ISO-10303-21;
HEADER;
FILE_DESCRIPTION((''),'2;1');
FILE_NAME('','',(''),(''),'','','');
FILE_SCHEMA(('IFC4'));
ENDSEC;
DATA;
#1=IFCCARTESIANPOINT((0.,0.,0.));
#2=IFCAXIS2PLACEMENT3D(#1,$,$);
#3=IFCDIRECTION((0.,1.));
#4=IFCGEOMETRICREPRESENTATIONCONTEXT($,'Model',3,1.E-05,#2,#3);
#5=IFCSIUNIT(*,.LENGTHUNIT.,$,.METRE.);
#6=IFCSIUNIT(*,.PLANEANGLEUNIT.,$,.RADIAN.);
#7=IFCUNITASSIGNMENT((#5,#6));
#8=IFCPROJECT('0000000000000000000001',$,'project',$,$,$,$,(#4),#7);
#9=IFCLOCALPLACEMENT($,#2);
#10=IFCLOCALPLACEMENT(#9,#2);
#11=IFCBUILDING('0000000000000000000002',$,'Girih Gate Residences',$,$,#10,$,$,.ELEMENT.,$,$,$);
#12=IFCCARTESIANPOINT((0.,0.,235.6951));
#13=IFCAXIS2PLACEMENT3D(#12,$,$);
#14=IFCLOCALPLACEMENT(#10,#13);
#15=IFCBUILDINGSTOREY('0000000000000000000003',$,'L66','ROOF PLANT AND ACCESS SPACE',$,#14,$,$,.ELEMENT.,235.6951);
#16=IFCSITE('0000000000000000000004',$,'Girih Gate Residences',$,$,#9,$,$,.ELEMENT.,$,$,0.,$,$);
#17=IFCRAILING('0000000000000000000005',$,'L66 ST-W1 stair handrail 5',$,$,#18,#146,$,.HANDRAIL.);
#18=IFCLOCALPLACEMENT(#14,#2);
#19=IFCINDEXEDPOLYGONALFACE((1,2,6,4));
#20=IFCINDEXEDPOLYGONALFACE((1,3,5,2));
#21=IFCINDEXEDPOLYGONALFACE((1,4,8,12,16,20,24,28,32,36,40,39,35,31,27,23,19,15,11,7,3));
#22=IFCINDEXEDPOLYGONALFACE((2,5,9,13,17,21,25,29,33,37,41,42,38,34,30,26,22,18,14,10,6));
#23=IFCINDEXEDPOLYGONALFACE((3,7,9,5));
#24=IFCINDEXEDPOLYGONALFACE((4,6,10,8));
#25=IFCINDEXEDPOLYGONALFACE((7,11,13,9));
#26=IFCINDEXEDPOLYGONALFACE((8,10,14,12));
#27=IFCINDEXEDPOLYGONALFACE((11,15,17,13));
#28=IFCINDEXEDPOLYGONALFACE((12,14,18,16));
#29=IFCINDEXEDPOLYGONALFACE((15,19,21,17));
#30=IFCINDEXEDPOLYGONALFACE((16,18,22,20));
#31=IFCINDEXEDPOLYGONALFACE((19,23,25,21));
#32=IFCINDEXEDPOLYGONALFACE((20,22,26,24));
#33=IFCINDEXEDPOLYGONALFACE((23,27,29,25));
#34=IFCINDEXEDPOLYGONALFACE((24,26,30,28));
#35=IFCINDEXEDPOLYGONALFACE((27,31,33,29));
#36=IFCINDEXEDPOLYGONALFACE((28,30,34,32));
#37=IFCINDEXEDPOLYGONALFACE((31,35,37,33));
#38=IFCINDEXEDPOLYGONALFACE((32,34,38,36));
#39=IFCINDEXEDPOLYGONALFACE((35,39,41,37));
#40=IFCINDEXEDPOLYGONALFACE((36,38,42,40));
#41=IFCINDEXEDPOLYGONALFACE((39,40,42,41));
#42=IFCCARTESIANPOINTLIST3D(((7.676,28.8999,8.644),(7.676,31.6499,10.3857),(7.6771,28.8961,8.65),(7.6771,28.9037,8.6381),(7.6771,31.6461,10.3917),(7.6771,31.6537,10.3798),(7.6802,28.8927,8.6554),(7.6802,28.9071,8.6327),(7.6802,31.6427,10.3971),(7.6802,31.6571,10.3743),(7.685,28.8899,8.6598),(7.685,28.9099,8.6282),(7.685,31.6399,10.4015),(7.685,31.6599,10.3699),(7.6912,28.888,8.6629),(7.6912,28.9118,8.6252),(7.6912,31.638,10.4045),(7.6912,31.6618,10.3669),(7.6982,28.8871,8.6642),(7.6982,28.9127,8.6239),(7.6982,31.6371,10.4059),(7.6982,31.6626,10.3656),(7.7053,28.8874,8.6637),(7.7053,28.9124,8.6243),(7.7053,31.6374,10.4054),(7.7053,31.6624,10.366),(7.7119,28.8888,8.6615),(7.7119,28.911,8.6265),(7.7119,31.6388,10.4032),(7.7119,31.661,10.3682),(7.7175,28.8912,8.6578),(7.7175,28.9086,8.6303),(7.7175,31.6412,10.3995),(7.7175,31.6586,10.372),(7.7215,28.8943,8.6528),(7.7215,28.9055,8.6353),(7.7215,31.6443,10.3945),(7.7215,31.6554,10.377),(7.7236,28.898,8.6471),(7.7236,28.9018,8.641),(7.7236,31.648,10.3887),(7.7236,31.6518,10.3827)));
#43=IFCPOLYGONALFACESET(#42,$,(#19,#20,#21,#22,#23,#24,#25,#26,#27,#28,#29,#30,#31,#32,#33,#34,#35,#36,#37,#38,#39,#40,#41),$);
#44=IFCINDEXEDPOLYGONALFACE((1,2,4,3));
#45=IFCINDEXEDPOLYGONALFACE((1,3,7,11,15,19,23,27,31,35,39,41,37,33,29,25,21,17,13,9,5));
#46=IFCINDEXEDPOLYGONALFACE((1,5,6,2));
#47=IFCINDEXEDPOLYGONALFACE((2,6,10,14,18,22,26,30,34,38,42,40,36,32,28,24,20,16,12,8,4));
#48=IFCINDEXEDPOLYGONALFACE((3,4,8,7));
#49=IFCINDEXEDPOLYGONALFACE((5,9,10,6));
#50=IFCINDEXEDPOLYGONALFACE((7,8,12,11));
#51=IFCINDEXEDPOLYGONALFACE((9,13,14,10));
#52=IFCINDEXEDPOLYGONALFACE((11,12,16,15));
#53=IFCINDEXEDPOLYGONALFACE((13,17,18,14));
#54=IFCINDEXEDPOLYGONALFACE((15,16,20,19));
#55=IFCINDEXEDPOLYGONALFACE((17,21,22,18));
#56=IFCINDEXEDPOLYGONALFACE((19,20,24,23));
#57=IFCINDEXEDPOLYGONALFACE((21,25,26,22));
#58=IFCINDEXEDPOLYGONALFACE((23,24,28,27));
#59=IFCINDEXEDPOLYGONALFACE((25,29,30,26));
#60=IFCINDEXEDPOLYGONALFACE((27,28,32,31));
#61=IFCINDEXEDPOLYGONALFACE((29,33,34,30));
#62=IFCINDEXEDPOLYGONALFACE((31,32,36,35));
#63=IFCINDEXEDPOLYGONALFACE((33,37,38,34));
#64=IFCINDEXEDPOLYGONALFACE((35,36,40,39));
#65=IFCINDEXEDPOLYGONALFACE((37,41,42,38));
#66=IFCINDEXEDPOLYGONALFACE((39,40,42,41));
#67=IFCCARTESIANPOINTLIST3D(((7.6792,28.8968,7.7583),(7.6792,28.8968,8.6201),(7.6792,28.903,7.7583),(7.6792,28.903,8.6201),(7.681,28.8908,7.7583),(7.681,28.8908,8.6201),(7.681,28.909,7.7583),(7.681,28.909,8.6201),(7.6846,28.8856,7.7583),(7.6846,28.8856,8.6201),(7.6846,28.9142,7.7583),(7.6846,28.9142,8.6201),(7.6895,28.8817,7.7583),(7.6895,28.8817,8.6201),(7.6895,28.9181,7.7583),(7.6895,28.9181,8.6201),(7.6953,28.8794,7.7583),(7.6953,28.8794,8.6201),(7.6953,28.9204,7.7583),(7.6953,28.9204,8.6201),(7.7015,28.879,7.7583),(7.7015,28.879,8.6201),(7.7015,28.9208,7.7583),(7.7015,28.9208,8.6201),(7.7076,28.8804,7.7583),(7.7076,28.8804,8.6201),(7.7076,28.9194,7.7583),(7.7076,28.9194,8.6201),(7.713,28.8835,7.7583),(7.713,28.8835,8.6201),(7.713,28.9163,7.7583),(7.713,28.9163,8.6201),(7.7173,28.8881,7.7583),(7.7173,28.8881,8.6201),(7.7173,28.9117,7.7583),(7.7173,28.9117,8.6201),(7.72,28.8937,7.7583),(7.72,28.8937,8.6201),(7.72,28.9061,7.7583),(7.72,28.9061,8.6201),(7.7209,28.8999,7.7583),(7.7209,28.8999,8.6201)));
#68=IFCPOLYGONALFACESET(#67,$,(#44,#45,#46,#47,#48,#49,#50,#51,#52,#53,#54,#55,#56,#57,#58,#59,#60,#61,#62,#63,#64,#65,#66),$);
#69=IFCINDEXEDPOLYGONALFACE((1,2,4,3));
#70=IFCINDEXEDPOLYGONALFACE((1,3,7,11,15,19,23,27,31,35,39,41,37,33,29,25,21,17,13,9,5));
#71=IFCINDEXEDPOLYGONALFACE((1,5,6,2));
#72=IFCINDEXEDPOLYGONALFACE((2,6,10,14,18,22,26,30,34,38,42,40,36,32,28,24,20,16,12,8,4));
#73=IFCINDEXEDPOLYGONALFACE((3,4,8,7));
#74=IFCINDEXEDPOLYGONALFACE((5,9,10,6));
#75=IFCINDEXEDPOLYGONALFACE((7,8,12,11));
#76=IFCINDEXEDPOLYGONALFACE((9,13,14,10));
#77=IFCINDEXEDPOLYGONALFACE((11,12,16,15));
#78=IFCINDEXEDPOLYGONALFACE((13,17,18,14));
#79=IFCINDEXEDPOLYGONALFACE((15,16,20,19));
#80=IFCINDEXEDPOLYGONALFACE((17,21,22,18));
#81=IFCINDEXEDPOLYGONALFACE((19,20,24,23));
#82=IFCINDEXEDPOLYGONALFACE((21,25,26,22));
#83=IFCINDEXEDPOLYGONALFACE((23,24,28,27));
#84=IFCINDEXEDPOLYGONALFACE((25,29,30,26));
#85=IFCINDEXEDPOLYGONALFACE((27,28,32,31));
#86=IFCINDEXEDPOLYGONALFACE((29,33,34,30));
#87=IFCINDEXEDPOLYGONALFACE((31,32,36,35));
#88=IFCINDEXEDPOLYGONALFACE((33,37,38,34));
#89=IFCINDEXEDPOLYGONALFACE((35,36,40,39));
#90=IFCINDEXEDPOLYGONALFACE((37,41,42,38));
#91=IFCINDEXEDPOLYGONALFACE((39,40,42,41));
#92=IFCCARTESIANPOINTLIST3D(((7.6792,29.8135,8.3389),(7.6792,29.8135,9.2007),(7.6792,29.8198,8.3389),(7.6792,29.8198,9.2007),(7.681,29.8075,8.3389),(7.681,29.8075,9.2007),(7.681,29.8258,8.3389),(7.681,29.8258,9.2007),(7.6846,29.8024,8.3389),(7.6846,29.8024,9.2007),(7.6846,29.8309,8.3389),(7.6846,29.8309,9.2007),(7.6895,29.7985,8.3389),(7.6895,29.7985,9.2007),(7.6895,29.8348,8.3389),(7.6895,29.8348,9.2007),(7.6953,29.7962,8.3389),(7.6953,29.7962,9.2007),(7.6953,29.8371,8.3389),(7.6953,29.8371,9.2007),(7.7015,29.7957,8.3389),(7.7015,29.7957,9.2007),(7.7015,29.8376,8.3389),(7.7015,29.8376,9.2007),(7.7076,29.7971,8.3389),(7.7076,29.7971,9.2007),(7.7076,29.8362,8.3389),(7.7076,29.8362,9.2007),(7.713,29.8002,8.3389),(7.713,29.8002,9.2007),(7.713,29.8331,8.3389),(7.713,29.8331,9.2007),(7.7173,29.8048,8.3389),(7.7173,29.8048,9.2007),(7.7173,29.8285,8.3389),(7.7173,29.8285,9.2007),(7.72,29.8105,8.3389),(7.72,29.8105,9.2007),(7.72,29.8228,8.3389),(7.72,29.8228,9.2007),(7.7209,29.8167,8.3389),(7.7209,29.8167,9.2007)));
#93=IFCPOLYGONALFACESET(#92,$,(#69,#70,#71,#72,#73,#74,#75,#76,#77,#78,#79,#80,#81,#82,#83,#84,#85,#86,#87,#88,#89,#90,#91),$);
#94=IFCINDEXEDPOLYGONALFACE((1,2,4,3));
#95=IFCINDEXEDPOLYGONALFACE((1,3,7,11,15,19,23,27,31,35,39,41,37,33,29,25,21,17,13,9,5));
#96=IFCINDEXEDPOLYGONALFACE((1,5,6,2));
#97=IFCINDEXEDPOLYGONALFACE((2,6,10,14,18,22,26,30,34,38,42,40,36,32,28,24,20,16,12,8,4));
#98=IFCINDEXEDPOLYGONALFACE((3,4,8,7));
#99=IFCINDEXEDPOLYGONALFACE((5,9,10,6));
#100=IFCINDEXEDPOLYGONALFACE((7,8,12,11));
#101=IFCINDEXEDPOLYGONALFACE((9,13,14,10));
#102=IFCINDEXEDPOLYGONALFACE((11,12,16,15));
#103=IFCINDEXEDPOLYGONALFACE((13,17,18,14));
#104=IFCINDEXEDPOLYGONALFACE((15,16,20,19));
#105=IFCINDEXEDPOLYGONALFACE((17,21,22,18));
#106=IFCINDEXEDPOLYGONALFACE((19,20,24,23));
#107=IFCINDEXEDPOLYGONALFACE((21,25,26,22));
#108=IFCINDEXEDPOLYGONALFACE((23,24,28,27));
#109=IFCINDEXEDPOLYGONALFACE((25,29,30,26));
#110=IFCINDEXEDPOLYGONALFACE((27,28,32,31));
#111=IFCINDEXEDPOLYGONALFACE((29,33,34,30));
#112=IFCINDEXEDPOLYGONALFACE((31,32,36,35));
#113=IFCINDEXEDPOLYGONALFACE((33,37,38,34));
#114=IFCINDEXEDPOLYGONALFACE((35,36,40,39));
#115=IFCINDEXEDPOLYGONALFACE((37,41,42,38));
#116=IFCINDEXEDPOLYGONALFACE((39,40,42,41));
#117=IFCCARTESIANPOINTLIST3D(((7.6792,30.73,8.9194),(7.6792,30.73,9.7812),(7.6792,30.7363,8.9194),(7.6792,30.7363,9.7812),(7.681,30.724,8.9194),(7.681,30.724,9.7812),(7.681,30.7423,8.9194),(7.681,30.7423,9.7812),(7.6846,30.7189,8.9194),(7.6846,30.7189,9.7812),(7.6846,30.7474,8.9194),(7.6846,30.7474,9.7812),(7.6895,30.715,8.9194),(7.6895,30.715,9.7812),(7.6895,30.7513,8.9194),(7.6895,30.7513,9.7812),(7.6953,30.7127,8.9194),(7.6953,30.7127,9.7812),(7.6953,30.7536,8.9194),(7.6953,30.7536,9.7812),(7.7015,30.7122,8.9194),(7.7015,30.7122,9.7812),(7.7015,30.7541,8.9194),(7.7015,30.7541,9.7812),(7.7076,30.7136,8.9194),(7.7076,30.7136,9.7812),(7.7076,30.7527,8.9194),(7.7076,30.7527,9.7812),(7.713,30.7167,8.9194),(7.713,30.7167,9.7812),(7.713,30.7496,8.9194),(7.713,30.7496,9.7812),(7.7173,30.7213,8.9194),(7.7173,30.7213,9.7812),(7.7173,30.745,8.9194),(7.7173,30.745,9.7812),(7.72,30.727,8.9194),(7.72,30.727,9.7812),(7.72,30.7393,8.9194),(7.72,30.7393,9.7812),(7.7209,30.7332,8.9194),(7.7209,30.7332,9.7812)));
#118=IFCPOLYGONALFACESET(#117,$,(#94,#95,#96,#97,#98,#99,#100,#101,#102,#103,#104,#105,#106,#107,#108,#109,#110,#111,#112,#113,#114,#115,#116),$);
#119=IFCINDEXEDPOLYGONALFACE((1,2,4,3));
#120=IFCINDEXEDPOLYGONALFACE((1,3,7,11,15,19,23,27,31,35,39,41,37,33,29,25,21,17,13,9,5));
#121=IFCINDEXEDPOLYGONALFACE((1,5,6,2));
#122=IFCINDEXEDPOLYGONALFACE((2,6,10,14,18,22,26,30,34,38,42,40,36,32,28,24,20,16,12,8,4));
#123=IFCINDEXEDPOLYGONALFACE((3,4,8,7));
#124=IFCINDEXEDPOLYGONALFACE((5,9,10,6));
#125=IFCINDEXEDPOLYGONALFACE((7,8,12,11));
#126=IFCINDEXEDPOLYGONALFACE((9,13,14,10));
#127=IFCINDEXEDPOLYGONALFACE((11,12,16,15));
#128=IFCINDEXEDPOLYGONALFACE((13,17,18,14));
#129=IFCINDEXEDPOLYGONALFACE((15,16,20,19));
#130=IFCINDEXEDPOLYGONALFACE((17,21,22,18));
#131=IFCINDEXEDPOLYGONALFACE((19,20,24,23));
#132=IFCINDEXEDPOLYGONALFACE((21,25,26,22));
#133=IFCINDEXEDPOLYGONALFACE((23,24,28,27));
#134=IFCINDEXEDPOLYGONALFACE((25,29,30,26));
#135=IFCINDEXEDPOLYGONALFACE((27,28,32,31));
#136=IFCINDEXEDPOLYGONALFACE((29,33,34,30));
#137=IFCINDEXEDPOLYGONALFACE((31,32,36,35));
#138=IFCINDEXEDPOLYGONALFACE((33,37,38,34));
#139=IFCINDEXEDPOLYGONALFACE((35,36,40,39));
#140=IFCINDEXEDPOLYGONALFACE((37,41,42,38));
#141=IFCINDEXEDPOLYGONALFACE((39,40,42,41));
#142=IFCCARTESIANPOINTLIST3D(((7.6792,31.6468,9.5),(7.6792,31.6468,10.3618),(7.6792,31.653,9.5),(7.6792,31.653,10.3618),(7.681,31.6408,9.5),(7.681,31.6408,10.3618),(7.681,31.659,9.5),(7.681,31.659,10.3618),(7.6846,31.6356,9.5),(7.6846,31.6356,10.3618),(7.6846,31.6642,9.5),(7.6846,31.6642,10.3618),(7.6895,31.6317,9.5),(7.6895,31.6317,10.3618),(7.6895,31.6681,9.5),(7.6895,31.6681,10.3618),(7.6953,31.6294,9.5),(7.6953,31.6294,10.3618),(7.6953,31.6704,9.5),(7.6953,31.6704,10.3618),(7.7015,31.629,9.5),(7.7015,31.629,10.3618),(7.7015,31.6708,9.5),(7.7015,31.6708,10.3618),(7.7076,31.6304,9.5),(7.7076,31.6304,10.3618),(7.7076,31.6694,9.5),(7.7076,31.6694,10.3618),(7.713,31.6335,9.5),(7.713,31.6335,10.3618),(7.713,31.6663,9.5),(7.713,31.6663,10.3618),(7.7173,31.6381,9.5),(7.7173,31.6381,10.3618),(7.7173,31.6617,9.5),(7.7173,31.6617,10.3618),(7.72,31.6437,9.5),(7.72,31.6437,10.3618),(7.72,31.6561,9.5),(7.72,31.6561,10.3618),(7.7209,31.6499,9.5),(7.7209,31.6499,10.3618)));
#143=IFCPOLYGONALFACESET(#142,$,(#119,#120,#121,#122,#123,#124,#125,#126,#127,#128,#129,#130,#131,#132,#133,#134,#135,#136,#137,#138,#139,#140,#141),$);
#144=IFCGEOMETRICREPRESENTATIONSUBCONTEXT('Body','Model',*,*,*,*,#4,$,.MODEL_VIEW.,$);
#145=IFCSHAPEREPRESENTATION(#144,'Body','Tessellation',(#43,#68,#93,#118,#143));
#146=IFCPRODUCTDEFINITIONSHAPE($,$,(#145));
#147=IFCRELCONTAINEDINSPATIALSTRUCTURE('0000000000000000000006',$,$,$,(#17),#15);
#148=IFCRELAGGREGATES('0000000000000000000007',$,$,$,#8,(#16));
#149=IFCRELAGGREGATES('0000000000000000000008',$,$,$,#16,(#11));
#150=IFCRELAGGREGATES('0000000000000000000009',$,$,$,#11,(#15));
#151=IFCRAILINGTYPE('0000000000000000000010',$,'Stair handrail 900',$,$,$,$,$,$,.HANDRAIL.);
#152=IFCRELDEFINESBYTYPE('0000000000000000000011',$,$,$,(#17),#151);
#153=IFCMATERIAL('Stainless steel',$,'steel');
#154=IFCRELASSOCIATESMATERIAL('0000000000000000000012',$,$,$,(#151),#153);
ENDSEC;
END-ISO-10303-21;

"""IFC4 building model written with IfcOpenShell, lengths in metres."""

from ifc_helpers import new_model, si_unit, direction, frame, origin, origin_2d, place, context, subcontext, project, spatial, circle, extrude, material, type_object, element, save


model = new_model("IFC4")

# Units and contexts
model_context = context("Model", 3, precision=1e-05, world=origin(), true_north=direction((0.0, 1.0)))
body_context = subcontext(model_context, "Body", "Model", "MODEL_VIEW")
ifc_project = project(units=[si_unit("LENGTHUNIT", "METRE"), si_unit("PLANEANGLEUNIT", "RADIAN")], contexts=[model_context])

# Site, building, storey
site_placement = place(None, origin())
site = spatial("IfcSite", under=ifc_project, at=site_placement, Name="Girih Gate Residences", CompositionType="ELEMENT", RefElevation=0.0)
building_placement = place(site_placement, origin())
building = spatial("IfcBuilding", under=site, at=building_placement, Name="Girih Gate Residences", CompositionType="ELEMENT")
storey_placement = place(building_placement, frame((0.0, 0.0, 235.6951)))
storey = spatial("IfcBuildingStorey", under=building, at=storey_placement, Name="L66", Description="ROOF PLANT AND ACCESS SPACE", CompositionType="ELEMENT", Elevation=235.6951)

# Railing
ifc_material_1 = material(Name="Stainless steel", Category="steel")
railing_type_1 = type_object("IfcRailingType", Name="Stair handrail 900", PredefinedType="HANDRAIL", material=ifc_material_1)
for number, where, name in (
    (1, (7.7, 28.8999, 7.7583), "L66 ST-W1 stair handrail 5"),
):
    element("IfcRailing", number, at=place(storey_placement, frame(where)), inside=storey, type_object=railing_type_1, Name=name, PredefinedType="HANDRAIL", context=body_context, shape_type="SweptSolid", body=[
        extrude(circle(Radius=0.0239, at=origin_2d()), frame((0.0, 0.0, 0.8857), z_axis=(0.0, 0.844815, 0.535059), x_axis=(-1.0, 0.0, 0.0)), (0.0, 0.0, 1.0), 3.2551),
        extrude(circle(Radius=0.021, at=origin_2d()), origin(), (0.0, 0.0, 1.0), 0.8618),
        extrude(circle(Radius=0.021, at=origin_2d()), frame((0.0, 0.9167, 0.5806)), (0.0, 0.0, 1.0), 0.8618),
        extrude(circle(Radius=0.021, at=origin_2d()), frame((0.0, 1.8333, 1.1611)), (0.0, 0.0, 1.0), 0.8618),
        extrude(circle(Radius=0.021, at=origin_2d()), frame((0.0, 2.75, 1.7417)), (0.0, 0.0, 1.0), 0.8618),
    ])

save(model, "model.ifc")
